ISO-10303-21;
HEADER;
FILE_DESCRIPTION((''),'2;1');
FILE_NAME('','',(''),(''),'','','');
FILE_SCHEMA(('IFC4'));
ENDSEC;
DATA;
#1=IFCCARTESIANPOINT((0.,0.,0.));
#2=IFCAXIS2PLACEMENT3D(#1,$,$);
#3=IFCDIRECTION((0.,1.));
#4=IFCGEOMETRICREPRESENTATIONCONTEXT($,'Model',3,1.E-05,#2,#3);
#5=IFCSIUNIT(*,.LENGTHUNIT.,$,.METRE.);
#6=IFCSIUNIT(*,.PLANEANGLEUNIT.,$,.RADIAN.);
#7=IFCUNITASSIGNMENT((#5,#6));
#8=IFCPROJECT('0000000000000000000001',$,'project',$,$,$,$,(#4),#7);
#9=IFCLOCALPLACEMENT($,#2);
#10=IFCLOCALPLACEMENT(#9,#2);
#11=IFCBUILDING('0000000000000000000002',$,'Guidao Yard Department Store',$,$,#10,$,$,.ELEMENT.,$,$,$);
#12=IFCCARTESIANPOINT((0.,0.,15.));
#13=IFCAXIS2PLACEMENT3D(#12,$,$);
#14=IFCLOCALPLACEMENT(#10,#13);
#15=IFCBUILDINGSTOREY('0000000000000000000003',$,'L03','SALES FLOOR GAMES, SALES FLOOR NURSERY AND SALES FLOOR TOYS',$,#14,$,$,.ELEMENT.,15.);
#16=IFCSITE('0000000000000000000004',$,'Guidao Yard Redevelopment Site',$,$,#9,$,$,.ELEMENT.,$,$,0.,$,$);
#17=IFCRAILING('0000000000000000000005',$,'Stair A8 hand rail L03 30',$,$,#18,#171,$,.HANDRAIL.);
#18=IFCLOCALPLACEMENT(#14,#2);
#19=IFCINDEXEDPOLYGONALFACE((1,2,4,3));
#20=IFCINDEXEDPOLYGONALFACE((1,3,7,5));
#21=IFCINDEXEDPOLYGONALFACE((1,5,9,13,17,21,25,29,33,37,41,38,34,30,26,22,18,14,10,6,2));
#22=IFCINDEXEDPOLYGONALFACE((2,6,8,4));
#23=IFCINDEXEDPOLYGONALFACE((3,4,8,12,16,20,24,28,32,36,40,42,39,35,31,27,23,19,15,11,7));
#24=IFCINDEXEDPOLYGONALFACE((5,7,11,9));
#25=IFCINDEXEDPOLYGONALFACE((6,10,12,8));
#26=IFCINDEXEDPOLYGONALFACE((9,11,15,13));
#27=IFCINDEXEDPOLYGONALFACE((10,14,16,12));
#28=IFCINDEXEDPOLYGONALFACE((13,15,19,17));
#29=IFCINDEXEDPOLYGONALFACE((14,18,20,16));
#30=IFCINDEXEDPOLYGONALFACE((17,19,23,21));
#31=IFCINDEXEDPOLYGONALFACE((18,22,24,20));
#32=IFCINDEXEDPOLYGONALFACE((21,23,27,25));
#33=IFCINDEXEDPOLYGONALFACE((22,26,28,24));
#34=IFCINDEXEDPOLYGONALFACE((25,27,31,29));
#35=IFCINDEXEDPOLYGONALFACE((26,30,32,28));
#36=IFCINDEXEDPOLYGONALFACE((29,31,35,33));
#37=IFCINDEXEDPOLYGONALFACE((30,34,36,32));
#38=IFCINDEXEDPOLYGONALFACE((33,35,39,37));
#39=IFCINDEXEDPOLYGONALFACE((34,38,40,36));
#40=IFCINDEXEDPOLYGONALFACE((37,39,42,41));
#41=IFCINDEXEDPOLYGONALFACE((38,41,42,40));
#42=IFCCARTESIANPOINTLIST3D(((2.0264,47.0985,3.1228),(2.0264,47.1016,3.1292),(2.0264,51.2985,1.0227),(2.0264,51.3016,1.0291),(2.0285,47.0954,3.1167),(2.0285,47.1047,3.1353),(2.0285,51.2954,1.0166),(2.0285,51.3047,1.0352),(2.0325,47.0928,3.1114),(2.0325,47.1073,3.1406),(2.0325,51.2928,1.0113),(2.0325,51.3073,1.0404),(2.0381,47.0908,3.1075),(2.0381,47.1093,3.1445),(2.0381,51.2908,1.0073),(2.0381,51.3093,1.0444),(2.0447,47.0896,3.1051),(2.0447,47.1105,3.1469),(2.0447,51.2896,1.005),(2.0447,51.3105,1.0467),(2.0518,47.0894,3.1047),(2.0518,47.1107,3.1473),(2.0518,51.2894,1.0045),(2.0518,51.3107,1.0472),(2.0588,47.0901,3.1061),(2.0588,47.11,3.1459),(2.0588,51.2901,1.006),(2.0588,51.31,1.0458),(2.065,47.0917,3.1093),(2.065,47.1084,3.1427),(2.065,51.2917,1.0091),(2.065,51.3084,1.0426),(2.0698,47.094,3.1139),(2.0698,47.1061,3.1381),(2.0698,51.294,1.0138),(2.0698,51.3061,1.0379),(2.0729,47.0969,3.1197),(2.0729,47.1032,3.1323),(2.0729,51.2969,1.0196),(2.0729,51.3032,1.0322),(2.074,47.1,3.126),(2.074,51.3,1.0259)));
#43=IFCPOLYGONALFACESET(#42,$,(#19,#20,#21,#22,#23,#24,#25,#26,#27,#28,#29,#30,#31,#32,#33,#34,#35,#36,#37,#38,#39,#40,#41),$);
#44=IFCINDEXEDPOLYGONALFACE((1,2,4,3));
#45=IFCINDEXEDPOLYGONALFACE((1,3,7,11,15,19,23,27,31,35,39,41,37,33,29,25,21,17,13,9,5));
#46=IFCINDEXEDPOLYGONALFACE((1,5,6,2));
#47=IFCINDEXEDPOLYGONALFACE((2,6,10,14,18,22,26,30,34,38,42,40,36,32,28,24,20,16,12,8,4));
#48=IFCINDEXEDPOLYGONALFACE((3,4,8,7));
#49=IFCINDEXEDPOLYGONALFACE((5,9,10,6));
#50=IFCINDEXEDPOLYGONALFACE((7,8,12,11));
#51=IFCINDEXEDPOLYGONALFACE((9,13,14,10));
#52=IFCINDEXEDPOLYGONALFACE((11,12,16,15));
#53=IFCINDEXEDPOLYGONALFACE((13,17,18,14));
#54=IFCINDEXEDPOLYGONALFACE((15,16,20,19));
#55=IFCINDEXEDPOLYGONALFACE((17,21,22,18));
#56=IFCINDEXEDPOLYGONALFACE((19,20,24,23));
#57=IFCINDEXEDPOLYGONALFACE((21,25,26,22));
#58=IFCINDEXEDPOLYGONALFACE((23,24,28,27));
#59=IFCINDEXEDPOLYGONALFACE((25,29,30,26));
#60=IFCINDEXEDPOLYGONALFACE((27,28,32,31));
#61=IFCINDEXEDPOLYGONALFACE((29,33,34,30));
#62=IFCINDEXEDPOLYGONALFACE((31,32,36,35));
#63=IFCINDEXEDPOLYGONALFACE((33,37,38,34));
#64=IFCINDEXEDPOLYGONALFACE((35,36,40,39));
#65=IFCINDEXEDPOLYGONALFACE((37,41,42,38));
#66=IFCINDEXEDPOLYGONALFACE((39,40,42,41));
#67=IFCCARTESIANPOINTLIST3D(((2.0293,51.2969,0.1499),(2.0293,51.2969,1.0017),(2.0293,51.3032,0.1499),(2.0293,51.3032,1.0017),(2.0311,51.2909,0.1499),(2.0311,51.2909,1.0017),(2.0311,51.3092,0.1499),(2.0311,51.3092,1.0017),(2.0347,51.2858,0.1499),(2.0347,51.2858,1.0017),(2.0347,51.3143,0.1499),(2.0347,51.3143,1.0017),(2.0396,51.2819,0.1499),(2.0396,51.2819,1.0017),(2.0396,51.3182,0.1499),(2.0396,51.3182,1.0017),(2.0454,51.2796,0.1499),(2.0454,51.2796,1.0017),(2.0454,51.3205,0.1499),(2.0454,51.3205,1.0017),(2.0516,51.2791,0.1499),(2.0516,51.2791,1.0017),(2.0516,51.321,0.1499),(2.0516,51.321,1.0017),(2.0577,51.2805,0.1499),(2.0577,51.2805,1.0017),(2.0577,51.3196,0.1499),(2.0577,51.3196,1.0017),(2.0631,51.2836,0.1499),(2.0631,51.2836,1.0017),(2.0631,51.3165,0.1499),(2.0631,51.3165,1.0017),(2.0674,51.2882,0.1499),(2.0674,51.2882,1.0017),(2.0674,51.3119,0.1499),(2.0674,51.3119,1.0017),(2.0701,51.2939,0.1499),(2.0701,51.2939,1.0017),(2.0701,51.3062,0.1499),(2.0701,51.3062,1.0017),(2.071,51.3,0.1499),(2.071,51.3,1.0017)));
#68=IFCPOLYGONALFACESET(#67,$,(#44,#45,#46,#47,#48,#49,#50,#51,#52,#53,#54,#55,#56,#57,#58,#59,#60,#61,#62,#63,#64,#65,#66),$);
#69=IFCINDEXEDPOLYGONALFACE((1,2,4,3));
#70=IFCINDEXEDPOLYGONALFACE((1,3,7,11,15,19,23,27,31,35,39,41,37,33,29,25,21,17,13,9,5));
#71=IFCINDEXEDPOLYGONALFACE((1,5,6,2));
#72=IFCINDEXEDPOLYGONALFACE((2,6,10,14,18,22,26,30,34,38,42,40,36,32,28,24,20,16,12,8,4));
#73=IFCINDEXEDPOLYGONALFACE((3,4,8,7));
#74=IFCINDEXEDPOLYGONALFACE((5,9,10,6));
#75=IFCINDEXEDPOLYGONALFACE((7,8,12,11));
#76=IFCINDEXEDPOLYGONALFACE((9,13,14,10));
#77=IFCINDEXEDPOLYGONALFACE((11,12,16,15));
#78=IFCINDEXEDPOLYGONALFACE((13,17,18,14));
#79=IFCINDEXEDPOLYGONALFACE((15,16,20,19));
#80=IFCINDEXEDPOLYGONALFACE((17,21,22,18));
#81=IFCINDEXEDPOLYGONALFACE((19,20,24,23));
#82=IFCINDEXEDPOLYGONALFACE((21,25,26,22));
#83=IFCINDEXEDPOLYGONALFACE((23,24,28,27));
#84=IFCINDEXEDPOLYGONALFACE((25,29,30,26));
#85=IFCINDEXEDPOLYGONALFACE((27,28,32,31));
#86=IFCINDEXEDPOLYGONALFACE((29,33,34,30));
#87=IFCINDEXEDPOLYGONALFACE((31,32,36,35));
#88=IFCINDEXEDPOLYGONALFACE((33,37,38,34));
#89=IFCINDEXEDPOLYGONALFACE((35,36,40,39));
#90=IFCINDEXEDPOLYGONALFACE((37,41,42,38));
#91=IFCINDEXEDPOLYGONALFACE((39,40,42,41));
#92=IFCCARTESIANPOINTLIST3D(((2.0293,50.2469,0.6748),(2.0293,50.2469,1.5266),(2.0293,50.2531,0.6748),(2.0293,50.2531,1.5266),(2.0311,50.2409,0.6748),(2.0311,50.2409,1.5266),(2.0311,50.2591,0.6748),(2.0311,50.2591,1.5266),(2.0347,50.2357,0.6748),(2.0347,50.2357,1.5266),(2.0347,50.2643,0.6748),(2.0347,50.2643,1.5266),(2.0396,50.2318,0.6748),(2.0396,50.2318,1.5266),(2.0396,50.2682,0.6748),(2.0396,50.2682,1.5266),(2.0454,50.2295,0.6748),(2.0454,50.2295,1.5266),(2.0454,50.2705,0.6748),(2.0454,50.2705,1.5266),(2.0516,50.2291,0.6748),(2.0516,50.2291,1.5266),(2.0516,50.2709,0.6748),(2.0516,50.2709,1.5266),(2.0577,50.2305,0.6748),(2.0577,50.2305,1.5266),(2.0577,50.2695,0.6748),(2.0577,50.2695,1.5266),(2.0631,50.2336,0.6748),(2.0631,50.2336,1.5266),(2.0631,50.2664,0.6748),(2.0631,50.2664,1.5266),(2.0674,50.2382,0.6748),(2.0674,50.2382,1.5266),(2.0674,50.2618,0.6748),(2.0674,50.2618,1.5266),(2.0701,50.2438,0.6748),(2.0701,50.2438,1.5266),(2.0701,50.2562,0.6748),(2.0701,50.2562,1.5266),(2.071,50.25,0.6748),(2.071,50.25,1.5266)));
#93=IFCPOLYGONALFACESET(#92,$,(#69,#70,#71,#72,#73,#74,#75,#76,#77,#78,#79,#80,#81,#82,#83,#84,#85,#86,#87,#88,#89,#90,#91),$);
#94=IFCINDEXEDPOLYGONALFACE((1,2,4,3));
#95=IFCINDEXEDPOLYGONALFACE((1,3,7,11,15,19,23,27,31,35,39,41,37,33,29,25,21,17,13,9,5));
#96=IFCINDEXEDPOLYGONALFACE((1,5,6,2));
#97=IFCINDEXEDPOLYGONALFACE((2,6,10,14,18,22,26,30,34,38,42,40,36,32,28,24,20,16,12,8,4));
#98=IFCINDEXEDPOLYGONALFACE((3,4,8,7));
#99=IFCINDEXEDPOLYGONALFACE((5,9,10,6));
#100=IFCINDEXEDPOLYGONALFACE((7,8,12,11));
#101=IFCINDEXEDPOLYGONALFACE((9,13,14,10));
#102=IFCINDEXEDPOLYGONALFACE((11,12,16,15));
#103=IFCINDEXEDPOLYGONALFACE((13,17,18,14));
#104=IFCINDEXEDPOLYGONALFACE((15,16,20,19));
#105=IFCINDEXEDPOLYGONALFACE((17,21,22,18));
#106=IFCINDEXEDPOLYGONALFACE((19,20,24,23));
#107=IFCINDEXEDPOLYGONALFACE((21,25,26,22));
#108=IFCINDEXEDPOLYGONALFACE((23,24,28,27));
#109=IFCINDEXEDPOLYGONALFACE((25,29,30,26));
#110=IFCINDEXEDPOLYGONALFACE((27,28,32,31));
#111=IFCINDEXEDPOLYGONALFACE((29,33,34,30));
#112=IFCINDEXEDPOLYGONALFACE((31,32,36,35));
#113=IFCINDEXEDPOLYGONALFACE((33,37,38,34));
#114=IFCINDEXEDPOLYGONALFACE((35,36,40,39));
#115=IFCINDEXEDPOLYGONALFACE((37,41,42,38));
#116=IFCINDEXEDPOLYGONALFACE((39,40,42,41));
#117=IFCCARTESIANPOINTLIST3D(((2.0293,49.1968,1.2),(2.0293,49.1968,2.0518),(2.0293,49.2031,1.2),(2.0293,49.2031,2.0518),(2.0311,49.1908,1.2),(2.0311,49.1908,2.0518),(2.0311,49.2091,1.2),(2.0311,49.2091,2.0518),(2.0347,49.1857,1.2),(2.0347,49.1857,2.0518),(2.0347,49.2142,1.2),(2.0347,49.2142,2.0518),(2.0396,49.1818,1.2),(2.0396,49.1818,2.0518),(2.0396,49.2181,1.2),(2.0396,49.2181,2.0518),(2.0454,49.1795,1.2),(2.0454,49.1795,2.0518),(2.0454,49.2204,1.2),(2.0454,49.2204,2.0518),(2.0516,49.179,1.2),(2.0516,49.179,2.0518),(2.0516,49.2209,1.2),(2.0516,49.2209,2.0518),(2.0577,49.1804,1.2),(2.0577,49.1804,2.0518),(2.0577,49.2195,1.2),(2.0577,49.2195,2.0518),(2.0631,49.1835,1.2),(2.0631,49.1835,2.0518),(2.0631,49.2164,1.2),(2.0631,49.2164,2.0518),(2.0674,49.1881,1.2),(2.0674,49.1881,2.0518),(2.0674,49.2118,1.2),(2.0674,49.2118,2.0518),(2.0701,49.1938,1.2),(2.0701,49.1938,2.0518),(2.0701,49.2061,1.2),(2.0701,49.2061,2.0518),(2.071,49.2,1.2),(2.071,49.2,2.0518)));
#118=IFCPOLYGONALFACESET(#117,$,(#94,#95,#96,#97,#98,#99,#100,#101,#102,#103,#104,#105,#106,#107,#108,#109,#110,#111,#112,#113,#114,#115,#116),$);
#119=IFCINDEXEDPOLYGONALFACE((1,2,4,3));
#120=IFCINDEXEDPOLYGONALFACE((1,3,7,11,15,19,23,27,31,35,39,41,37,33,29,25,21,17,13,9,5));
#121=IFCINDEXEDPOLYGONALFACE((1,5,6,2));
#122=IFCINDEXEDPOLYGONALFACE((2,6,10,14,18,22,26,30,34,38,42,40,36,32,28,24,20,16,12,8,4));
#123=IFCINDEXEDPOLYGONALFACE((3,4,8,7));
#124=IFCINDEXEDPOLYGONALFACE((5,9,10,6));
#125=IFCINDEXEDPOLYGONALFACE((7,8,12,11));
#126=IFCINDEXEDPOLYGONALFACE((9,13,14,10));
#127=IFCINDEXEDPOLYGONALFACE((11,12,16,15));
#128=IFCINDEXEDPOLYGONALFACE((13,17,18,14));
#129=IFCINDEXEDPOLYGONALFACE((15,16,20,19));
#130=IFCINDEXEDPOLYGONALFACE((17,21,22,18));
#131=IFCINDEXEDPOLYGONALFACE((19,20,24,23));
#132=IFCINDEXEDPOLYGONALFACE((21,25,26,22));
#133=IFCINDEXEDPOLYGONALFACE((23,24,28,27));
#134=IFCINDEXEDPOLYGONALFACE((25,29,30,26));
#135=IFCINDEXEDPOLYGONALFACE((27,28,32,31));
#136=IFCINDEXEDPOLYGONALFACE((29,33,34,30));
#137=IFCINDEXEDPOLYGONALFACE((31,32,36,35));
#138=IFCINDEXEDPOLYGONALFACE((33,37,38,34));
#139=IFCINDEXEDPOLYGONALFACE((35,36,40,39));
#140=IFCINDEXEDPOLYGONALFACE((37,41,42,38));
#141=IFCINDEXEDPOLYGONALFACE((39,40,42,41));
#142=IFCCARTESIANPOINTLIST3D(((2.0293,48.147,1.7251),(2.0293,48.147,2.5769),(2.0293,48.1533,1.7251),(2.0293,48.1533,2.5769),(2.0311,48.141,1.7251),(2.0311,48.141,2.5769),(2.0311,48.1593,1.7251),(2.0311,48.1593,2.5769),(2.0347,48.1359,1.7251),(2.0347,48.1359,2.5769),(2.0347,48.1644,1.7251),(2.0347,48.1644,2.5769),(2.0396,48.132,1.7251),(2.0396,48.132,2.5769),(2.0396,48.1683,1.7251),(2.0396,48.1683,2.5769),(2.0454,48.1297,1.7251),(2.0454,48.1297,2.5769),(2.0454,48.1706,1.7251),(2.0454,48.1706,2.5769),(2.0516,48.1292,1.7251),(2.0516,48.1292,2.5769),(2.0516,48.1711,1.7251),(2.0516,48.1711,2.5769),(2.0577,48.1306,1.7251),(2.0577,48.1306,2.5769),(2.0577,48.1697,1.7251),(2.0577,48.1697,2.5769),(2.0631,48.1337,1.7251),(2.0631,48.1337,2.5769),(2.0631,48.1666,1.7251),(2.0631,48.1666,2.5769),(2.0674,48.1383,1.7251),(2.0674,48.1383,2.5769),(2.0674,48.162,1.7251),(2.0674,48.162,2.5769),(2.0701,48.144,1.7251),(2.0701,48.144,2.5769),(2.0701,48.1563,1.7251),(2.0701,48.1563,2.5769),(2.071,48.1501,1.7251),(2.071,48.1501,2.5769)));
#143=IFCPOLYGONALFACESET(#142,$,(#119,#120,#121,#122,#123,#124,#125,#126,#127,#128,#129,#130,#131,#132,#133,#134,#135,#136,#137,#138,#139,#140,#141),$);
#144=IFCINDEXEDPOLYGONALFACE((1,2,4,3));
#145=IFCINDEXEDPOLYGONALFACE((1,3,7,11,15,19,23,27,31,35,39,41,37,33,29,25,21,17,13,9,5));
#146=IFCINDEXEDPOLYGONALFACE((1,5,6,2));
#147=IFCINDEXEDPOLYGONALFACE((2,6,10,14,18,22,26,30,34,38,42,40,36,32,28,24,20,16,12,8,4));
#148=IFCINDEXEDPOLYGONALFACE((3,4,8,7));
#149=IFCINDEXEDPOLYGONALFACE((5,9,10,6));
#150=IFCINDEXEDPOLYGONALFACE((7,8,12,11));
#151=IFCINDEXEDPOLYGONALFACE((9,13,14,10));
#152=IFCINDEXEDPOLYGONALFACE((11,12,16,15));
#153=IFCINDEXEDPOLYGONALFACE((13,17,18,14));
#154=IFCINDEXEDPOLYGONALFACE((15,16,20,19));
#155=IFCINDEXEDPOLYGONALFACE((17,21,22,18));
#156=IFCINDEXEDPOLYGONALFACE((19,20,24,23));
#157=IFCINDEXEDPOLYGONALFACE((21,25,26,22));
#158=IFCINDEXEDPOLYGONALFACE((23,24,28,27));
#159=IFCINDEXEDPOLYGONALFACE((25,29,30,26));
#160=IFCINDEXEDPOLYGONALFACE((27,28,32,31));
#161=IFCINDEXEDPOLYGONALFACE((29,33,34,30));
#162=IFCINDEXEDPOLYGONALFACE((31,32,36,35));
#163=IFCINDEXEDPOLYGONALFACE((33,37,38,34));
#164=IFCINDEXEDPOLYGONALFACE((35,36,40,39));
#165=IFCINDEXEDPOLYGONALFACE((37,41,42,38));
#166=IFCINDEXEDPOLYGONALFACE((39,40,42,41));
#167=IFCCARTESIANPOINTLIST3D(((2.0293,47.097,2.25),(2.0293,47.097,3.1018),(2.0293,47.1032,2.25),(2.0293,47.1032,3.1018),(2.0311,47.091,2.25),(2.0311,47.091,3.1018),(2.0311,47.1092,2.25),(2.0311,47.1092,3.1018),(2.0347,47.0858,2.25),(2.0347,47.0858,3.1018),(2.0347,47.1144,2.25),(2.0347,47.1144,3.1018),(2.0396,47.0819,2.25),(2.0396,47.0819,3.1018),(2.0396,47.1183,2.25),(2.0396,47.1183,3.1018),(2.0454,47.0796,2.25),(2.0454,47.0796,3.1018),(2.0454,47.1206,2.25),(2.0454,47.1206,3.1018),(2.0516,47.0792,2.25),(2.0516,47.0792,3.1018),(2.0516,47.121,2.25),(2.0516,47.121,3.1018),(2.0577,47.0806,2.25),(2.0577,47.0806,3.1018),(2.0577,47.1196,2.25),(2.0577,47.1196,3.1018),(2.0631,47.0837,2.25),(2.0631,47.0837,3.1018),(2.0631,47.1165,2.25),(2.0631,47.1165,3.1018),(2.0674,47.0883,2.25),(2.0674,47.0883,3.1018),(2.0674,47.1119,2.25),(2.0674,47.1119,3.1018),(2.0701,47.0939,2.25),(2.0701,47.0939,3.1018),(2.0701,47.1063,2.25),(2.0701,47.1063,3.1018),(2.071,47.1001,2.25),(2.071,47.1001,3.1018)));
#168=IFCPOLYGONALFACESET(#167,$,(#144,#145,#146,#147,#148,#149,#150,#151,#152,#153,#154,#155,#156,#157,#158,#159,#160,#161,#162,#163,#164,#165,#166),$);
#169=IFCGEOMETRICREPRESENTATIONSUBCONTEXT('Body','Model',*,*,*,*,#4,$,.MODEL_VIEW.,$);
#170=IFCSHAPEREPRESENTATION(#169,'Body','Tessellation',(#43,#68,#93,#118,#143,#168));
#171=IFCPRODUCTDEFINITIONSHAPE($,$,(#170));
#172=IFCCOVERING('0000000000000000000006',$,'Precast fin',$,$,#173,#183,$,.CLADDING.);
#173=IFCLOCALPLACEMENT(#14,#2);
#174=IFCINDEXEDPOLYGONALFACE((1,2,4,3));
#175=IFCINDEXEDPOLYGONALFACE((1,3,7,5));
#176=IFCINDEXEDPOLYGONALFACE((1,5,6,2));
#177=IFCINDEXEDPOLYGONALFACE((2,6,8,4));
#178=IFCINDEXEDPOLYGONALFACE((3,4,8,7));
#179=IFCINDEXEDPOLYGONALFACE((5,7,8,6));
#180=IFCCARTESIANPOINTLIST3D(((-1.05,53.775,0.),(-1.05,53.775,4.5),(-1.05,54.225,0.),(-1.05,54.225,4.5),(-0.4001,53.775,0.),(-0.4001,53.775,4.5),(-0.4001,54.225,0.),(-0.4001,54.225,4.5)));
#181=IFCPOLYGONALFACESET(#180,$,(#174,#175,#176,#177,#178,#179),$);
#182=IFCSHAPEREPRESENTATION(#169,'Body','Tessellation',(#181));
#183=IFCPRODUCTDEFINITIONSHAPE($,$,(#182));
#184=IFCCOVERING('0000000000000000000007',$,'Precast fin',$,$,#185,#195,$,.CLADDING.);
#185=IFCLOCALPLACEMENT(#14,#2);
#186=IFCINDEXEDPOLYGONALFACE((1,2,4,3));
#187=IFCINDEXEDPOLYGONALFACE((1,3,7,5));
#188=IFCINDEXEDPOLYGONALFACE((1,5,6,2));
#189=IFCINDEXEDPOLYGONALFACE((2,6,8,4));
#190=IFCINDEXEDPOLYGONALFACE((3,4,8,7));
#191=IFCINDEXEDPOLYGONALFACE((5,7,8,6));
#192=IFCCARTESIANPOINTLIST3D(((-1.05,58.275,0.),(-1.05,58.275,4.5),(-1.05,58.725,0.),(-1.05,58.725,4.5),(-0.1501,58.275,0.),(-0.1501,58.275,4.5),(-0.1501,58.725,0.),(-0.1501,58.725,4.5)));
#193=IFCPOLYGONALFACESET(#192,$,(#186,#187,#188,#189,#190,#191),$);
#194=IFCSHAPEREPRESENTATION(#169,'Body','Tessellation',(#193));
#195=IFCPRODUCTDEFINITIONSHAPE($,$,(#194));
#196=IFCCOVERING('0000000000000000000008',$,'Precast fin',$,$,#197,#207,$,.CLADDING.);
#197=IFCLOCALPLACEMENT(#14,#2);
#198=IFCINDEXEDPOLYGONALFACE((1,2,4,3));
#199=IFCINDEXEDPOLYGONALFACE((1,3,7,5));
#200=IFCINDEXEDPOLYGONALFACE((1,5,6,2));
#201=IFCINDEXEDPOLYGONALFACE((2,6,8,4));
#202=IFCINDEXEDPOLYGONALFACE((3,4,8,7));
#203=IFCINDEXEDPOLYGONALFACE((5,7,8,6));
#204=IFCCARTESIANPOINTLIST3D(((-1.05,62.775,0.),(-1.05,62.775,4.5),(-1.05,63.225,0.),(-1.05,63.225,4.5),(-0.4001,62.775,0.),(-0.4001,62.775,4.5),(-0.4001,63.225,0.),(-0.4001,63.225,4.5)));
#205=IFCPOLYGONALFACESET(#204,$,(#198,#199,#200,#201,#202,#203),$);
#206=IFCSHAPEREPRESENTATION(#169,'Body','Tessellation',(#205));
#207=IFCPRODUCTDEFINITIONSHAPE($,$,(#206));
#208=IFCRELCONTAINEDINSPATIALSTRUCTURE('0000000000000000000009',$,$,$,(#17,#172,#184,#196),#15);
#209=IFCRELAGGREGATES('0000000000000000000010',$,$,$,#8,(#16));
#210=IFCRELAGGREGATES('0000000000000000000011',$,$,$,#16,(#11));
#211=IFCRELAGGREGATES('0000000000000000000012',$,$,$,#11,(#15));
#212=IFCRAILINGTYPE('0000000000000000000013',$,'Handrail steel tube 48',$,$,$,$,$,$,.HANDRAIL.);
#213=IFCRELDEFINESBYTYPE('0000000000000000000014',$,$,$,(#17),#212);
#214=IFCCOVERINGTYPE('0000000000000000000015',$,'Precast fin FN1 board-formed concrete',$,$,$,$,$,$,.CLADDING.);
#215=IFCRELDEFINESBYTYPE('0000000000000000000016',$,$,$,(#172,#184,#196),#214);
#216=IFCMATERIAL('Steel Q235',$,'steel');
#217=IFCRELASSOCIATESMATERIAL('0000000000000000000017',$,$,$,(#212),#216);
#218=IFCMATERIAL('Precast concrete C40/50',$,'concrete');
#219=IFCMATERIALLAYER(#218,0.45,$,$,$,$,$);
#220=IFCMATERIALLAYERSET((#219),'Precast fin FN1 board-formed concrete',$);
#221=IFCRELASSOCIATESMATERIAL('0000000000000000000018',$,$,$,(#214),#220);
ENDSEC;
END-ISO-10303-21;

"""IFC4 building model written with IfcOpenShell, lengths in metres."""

from ifc_helpers import new_model, si_unit, direction, frame, origin, origin_2d, place, context, subcontext, project, spatial, rectangle, circle, extrude, material, layer, layer_set, type_object, element, save


model = new_model("IFC4")

# Units and contexts
model_context = context("Model", 3, precision=1e-05, world=origin(), true_north=direction((0.0, 1.0)))
body_context = subcontext(model_context, "Body", "Model", "MODEL_VIEW")
ifc_project = project(units=[si_unit("LENGTHUNIT", "METRE"), si_unit("PLANEANGLEUNIT", "RADIAN")], contexts=[model_context])

# Site, building, storey
site_placement = place(None, origin())
site = spatial("IfcSite", under=ifc_project, at=site_placement, Name="Guidao Yard Redevelopment Site", CompositionType="ELEMENT", RefElevation=0.0)
building_placement = place(site_placement, origin())
building = spatial("IfcBuilding", under=site, at=building_placement, Name="Guidao Yard Department Store", CompositionType="ELEMENT")
storey_placement = place(building_placement, frame((0.0, 0.0, 15.0)))
storey = spatial("IfcBuildingStorey", under=building, at=storey_placement, Name="L03", Description="SALES FLOOR GAMES, SALES FLOOR NURSERY AND SALES FLOOR TOYS", CompositionType="ELEMENT", Elevation=15.0)

# Railing
ifc_material_1 = material(Name="Steel Q235", Category="steel")
railing_type = type_object("IfcRailingType", Name="Handrail steel tube 48", PredefinedType="HANDRAIL", material=ifc_material_1)
for number, where, name in (
    (1, (2.05, 51.3, 0.1499), "Stair A8 hand rail L03 30"),
):
    element("IfcRailing", number, at=place(storey_placement, frame(where)), inside=storey, type_object=railing_type, Name=name, PredefinedType="HANDRAIL", context=body_context, shape_type="SweptSolid", body=[
        extrude(circle(Radius=0.0239, at=origin_2d()), frame((0.0, 0.0, 0.876), z_axis=(0.0, -0.894417, 0.447234), x_axis=(1.0, 0.0, 0.0)), (0.0, 0.0, 1.0), 4.6958),
        extrude(circle(Radius=0.021, at=origin_2d()), origin(), (0.0, 0.0, 1.0), 0.8518),
        extrude(circle(Radius=0.021, at=origin_2d()), frame((0.0, -1.05, 0.5249)), (0.0, 0.0, 1.0), 0.8518),
        extrude(circle(Radius=0.021, at=origin_2d()), frame((0.0, -2.1001, 1.05)), (0.0, 0.0, 1.0), 0.8518),
        extrude(circle(Radius=0.021, at=origin_2d()), frame((0.0, -3.1499, 1.5752)), (0.0, 0.0, 1.0), 0.8518),
        extrude(circle(Radius=0.021, at=origin_2d()), frame((0.0, -4.2, 2.1001)), (0.0, 0.0, 1.0), 0.8518),
    ])

# Coverings
ifc_material_2 = material(Name="Precast concrete C40/50", Category="concrete")
ifc_layer_1 = layer(ifc_material_2, 0.45)
ifc_layer_set_1 = layer_set([ifc_layer_1], Name="Precast fin FN1 board-formed concrete")
covering_type = type_object("IfcCoveringType", Name="Precast fin FN1 board-formed concrete", PredefinedType="CLADDING", material=ifc_layer_set_1)
covering_1_placement = place(storey_placement, frame((-0.7251, 54.0, 0.0), z_axis=(0.0, 0.0, 1.0), x_axis=(0.0, 1.0, 0.0)))
element("IfcCovering", 2, at=covering_1_placement, inside=storey, type_object=covering_type, Name="Precast fin", PredefinedType="CLADDING", context=body_context, shape_type="SweptSolid", body=[
    extrude(rectangle(XDim=0.45, YDim=0.6499, at=origin_2d()), origin(), (0.0, 0.0, 1.0), 4.5),
])
covering_2_placement = place(storey_placement, frame((-0.6001, 58.5, 0.0), z_axis=(0.0, 0.0, 1.0), x_axis=(0.0, 1.0, 0.0)))
element("IfcCovering", 3, at=covering_2_placement, inside=storey, type_object=covering_type, Name="Precast fin", PredefinedType="CLADDING", context=body_context, shape_type="SweptSolid", body=[
    extrude(rectangle(XDim=0.45, YDim=0.8999, at=origin_2d()), origin(), (0.0, 0.0, 1.0), 4.5),
])
covering_3_placement = place(storey_placement, frame((-0.7251, 63.0, 0.0), z_axis=(0.0, 0.0, 1.0), x_axis=(0.0, 1.0, 0.0)))
element("IfcCovering", 4, at=covering_3_placement, inside=storey, type_object=covering_type, Name="Precast fin", PredefinedType="CLADDING", context=body_context, shape_type="SweptSolid", body=[
    extrude(rectangle(XDim=0.45, YDim=0.6499, at=origin_2d()), origin(), (0.0, 0.0, 1.0), 4.5),
])

save(model, "model.ifc")
